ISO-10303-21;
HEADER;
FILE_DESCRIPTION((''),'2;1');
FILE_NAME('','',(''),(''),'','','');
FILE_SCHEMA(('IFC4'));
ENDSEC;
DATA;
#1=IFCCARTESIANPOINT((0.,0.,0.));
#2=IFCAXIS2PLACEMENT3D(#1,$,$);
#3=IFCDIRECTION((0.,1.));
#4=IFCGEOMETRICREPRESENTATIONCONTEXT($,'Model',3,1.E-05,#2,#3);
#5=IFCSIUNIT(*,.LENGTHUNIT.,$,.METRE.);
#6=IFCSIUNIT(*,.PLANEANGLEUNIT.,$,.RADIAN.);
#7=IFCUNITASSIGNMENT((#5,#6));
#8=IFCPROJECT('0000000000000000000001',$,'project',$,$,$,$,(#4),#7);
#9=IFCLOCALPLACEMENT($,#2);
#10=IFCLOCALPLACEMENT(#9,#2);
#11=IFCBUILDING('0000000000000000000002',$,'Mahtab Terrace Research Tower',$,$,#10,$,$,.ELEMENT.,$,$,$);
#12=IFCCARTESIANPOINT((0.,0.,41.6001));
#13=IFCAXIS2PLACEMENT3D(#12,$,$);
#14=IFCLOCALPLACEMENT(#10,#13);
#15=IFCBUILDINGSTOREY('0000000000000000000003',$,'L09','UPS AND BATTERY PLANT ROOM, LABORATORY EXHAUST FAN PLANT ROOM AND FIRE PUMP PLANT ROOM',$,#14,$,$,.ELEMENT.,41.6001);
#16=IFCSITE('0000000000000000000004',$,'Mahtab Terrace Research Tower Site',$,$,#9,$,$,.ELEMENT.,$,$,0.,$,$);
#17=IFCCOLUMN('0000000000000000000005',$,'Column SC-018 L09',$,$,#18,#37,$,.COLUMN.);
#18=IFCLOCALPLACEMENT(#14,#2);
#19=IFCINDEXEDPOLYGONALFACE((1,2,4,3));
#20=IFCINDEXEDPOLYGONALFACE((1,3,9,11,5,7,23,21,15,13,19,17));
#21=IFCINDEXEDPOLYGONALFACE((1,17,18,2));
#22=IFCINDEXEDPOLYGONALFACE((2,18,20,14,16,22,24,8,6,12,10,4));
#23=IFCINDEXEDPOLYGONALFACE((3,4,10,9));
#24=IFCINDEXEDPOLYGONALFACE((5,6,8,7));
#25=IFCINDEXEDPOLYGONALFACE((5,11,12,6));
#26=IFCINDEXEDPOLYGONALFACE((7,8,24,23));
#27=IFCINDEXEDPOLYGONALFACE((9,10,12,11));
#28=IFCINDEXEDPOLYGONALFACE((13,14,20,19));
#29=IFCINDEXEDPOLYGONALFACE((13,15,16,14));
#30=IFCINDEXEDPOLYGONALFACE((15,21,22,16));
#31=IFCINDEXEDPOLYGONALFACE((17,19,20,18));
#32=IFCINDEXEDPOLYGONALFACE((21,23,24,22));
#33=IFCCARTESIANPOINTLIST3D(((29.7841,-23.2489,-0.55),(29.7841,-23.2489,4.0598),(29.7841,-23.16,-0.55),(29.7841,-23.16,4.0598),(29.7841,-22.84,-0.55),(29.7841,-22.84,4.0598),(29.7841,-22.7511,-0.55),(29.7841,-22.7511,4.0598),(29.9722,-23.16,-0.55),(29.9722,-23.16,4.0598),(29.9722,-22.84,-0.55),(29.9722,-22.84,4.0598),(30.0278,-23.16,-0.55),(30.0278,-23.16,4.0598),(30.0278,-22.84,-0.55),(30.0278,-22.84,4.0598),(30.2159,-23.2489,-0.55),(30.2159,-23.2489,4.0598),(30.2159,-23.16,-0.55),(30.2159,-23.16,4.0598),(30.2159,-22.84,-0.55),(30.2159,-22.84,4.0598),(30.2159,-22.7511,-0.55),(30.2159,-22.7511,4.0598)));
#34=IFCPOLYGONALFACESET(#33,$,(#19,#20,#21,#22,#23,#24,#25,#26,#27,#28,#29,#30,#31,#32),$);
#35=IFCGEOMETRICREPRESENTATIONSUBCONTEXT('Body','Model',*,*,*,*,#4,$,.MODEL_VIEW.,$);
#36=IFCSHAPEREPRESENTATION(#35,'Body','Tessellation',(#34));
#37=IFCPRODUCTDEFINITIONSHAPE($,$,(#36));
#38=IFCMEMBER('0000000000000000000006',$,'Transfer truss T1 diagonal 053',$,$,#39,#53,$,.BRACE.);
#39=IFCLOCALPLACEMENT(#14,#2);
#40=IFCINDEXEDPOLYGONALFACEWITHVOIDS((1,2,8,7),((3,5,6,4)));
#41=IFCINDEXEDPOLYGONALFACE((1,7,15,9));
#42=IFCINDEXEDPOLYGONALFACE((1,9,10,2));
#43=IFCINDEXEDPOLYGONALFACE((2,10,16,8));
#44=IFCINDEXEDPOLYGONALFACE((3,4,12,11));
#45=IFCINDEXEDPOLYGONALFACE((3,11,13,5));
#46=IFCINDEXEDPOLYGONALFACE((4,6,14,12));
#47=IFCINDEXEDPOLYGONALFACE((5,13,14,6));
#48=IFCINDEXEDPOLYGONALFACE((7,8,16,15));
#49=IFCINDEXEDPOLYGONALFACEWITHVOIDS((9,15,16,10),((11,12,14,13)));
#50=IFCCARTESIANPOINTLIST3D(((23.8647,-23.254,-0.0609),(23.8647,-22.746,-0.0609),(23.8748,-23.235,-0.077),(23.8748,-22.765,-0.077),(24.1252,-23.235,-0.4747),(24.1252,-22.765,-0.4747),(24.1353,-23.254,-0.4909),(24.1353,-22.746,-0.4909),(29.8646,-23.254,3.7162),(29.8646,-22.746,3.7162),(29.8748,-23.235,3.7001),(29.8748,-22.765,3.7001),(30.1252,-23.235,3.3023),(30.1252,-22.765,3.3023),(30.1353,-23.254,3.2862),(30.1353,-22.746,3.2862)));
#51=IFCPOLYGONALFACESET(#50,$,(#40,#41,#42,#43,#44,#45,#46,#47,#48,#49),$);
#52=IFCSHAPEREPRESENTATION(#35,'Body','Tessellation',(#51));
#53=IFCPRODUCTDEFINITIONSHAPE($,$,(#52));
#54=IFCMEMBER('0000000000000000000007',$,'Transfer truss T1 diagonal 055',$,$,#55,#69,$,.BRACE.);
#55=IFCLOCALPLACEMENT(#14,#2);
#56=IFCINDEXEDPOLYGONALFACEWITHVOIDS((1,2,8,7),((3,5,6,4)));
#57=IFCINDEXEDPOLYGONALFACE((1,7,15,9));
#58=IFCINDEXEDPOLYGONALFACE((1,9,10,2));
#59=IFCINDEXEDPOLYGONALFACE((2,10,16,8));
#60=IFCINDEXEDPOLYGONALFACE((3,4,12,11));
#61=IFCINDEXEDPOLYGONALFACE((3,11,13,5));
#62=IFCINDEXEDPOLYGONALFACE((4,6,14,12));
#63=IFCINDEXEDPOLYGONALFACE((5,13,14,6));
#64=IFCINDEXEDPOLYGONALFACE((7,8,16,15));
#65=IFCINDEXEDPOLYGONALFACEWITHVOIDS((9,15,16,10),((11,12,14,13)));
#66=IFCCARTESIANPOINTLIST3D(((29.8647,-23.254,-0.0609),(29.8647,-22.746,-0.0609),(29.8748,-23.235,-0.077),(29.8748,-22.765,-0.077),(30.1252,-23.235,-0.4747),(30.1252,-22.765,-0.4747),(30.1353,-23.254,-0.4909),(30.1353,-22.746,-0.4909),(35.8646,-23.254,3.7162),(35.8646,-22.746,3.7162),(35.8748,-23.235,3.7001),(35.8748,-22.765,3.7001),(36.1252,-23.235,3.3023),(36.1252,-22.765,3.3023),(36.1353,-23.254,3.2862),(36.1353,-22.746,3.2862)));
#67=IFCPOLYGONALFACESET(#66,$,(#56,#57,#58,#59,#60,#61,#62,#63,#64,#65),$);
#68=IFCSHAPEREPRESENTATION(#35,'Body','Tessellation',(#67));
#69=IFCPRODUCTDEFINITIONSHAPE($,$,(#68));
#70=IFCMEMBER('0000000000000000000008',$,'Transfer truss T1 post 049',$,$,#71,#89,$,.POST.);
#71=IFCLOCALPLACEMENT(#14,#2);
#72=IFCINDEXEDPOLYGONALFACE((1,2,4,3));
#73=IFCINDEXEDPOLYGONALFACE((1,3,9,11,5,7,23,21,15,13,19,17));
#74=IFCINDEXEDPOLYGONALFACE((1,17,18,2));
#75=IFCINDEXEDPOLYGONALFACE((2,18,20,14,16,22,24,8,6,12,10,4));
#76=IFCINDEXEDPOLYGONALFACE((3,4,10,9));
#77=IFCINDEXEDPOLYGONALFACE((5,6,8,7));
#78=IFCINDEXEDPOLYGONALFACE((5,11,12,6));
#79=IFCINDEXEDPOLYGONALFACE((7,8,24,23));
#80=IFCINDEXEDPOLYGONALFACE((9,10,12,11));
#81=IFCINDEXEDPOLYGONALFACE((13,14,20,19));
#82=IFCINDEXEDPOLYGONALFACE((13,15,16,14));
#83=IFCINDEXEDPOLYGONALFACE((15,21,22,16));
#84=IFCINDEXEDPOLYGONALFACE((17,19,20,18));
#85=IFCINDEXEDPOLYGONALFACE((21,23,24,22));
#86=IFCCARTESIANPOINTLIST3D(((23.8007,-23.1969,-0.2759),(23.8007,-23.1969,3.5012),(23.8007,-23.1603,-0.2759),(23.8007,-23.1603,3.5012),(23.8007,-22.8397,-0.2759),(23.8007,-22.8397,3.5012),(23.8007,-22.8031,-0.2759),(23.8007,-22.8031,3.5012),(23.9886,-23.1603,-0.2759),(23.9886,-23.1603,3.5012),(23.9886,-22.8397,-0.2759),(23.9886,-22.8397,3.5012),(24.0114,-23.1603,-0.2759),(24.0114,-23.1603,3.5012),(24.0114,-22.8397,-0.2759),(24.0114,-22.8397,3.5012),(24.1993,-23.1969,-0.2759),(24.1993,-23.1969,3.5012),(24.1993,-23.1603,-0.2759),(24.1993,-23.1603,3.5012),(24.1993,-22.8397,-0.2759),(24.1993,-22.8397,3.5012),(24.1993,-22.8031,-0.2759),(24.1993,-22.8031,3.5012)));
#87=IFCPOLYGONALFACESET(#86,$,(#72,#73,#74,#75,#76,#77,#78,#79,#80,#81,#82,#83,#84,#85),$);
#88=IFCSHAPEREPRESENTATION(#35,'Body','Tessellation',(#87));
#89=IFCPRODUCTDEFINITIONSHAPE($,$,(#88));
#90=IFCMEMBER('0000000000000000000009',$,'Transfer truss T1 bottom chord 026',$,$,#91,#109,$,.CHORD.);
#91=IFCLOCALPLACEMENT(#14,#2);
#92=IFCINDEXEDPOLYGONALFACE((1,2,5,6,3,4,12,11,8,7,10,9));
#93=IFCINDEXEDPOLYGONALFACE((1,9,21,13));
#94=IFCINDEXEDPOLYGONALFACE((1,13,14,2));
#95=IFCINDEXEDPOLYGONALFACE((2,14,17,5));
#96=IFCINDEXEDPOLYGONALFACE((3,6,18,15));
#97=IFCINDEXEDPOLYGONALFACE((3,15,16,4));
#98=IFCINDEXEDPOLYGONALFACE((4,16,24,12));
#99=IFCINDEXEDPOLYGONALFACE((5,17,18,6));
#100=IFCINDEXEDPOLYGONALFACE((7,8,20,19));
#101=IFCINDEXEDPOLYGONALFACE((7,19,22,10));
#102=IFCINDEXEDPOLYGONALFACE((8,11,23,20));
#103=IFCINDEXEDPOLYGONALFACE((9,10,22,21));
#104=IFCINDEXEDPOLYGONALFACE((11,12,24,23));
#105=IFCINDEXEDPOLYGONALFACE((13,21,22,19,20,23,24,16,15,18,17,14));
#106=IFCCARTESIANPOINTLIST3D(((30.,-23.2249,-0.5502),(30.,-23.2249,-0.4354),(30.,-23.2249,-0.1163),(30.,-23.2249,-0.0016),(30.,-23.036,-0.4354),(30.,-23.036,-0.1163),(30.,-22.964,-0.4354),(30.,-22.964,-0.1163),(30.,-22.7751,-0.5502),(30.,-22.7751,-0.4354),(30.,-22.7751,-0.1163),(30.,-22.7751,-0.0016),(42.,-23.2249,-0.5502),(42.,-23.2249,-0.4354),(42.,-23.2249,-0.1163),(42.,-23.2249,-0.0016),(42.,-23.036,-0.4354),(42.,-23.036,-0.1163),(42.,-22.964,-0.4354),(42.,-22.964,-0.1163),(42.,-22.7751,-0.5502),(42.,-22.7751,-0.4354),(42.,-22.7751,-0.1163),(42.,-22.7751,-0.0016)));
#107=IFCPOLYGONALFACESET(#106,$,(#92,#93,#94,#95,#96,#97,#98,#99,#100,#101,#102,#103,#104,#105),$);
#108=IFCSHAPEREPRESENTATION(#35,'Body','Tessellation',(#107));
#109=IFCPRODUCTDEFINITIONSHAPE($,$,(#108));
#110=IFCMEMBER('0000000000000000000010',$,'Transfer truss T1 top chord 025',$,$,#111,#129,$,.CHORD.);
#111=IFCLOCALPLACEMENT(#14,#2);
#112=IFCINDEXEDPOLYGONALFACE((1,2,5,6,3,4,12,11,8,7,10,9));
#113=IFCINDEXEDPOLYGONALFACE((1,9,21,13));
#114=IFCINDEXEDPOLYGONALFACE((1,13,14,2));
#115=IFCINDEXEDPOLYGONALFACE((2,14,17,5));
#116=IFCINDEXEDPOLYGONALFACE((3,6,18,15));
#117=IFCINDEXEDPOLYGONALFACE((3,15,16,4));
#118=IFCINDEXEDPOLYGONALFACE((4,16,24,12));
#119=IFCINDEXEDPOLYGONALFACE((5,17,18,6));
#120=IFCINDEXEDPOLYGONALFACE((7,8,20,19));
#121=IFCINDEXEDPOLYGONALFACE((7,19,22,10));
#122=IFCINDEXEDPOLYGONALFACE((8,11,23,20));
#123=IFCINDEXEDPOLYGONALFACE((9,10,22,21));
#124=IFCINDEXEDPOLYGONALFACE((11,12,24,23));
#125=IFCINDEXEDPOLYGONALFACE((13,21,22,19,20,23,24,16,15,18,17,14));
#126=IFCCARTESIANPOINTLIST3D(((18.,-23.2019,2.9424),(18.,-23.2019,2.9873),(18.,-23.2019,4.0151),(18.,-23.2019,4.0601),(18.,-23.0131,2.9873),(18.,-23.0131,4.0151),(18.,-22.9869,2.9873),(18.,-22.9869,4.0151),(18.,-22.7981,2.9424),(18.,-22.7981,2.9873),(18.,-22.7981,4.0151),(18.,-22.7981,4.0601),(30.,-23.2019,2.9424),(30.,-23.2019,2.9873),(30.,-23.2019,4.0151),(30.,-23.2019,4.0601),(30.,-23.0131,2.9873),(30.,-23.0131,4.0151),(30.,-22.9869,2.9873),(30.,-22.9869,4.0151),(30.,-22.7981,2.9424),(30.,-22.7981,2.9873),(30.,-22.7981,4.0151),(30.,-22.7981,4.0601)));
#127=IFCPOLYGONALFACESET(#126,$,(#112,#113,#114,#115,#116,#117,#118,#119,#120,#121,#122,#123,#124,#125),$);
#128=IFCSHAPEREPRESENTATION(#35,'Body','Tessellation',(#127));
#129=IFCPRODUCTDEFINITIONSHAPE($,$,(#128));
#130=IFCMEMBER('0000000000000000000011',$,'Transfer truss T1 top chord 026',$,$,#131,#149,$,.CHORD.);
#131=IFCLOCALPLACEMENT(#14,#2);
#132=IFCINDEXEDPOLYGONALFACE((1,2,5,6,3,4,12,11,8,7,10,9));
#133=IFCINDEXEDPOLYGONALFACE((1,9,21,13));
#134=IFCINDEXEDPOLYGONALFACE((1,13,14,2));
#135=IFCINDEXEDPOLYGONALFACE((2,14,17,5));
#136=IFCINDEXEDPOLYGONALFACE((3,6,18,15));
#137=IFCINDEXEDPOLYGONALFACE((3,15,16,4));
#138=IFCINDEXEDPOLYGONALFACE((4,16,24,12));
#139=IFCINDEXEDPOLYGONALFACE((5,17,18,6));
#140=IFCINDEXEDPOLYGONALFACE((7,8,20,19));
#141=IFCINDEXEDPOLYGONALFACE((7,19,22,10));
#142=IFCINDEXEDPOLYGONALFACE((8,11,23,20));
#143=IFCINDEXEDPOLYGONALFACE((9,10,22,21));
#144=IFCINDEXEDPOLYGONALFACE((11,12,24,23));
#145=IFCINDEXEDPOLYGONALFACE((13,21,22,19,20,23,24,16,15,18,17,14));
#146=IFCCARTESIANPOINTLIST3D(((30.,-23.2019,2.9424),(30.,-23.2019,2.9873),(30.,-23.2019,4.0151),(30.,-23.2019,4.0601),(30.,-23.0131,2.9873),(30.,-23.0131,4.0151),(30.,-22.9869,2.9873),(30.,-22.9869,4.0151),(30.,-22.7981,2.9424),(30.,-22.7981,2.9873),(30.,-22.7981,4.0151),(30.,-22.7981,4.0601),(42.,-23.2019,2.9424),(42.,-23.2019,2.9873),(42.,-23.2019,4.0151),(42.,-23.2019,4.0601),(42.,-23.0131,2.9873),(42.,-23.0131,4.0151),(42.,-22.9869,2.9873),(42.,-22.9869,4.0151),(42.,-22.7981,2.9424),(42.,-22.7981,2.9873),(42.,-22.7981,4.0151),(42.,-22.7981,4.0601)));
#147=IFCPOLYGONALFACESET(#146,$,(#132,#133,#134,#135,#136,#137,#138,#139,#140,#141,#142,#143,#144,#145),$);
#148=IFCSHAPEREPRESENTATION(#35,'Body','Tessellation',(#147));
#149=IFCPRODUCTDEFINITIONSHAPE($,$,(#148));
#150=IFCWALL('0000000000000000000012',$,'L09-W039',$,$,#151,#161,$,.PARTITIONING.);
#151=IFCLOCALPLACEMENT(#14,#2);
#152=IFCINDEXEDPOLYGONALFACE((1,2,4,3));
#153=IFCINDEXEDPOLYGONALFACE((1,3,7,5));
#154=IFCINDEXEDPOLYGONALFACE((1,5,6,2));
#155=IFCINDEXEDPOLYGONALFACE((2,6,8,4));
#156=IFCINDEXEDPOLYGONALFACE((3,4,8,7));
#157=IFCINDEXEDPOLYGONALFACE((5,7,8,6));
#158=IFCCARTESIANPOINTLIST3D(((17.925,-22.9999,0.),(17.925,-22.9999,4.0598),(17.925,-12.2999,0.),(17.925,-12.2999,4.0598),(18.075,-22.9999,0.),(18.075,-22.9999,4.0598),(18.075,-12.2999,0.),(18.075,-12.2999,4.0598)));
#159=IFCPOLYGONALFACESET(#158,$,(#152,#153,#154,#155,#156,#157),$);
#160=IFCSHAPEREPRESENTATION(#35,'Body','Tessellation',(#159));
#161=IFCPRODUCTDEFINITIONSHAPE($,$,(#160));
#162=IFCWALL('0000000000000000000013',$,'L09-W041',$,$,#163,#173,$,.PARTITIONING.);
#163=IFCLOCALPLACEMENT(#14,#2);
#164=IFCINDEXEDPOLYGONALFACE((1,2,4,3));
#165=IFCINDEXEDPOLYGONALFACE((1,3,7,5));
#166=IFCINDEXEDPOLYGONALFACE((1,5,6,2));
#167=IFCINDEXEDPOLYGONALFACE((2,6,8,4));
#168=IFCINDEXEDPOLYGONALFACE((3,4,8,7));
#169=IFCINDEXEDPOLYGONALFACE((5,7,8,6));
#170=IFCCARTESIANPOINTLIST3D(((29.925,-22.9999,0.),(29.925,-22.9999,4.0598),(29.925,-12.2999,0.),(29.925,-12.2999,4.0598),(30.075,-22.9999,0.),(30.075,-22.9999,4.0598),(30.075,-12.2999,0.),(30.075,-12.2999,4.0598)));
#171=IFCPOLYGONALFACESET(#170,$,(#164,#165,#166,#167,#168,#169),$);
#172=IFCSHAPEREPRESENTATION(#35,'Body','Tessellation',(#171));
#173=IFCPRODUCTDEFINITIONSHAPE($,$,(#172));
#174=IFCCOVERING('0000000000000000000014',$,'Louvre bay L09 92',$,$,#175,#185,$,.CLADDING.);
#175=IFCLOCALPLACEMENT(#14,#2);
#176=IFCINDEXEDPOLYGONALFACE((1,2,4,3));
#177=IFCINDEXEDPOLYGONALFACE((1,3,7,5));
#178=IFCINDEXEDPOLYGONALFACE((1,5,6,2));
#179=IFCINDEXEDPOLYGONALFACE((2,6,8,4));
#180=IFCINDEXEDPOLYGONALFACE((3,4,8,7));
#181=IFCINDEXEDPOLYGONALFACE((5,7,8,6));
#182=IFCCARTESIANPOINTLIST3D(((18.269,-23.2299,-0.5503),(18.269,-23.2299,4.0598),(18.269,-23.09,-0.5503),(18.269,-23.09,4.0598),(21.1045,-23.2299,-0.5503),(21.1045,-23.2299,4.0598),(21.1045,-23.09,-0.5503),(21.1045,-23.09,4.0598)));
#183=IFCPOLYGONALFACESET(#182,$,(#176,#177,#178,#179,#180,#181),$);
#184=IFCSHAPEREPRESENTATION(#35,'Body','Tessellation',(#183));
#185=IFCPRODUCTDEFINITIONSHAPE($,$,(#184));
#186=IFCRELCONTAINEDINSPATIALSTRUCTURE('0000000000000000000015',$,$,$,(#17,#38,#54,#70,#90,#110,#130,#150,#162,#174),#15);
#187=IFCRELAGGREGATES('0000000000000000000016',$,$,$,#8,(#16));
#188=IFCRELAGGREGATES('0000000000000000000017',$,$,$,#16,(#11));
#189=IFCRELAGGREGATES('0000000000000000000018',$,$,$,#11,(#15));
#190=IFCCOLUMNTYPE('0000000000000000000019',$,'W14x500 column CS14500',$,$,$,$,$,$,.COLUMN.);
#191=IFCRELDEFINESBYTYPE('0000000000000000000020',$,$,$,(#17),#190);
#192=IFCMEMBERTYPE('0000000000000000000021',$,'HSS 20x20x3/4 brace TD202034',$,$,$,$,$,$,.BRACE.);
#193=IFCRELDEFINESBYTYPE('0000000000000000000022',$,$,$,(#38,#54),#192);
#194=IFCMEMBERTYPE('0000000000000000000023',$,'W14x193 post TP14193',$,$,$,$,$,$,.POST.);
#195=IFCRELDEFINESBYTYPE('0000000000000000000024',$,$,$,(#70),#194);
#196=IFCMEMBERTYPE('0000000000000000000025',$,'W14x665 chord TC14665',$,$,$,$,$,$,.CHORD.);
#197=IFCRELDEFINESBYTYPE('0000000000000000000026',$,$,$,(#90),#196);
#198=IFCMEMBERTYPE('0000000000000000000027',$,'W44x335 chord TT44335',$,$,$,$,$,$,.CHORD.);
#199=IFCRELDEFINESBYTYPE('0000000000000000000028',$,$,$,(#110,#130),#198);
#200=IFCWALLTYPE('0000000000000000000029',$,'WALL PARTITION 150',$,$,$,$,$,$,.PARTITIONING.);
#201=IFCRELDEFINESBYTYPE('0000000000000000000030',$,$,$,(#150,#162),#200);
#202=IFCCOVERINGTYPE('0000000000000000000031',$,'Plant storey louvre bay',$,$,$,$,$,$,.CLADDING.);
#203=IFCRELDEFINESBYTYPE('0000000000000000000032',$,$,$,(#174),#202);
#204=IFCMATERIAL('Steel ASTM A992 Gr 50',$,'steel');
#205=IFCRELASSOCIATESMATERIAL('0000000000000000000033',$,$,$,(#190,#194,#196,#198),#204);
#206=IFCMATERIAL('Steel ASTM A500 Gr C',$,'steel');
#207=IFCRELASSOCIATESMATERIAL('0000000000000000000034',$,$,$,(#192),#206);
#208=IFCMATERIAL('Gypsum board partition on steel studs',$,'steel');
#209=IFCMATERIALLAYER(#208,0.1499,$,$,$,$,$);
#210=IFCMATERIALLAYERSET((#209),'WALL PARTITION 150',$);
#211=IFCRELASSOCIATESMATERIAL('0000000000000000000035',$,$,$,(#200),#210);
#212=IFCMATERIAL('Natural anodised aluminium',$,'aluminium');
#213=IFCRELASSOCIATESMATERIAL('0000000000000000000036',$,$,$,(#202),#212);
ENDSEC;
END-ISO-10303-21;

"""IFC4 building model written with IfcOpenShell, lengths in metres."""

from ifc_helpers import new_model, si_unit, direction, frame, frame_2d, origin, origin_2d, place, context, subcontext, project, spatial, rectangle, hollow_rectangle, i_section, extrude, material, layer, layer_set, material_profile, profile_set, type_object, element, save


model = new_model("IFC4")

# Units and contexts
model_context = context("Model", 3, precision=1e-05, world=origin(), true_north=direction((0.0, 1.0)))
body_context = subcontext(model_context, "Body", "Model", "MODEL_VIEW")
ifc_project = project(units=[si_unit("LENGTHUNIT", "METRE"), si_unit("PLANEANGLEUNIT", "RADIAN")], contexts=[model_context])

# Site, building, storey
site_placement = place(None, origin())
site = spatial("IfcSite", under=ifc_project, at=site_placement, Name="Mahtab Terrace Research Tower Site", CompositionType="ELEMENT", RefElevation=0.0)
building_placement = place(site_placement, origin())
building = spatial("IfcBuilding", under=site, at=building_placement, Name="Mahtab Terrace Research Tower", CompositionType="ELEMENT")
storey_placement = place(building_placement, frame((0.0, 0.0, 41.6001)))
storey = spatial("IfcBuildingStorey", under=building, at=storey_placement, Name="L09", Description="UPS AND BATTERY PLANT ROOM, LABORATORY EXHAUST FAN PLANT ROOM AND FIRE PUMP PLANT ROOM", CompositionType="ELEMENT", Elevation=41.6001)

# Column
ifc_material_1 = material(Name="Steel ASTM A992 Gr 50", Category="steel")
ifc_material_profile_1 = material_profile(ifc_material_1, i_section(OverallWidth=0.4319, OverallDepth=0.4978, WebThickness=0.0557, FlangeThickness=0.0889, at=origin_2d()), Name="W14X500")
ifc_profile_set_1 = profile_set([ifc_material_profile_1], Name="Steel ASTM A992 Gr 50")
column_type = type_object("IfcColumnType", Name="W14x500 column CS14500", PredefinedType="COLUMN", material=ifc_profile_set_1)
column_placement = place(storey_placement, frame((30.0, -23.0, -0.55), z_axis=(0.0, 0.0, 1.0), x_axis=(1.0, 0.0, 0.0)))
element("IfcColumn", 1, at=column_placement, inside=storey, type_object=column_type, Name="Column SC-018 L09", PredefinedType="COLUMN", context=body_context, shape_type="SweptSolid", body=[
    extrude(i_section(OverallWidth=0.4319, OverallDepth=0.4978, WebThickness=0.0557, FlangeThickness=0.0889, at=origin_2d()), origin(), (0.0, 0.0, 1.0), 4.6099),
])

# Members
ifc_material_2 = material(Name="Steel ASTM A500 Gr C", Category="steel")
ifc_material_profile_2 = material_profile(ifc_material_2, hollow_rectangle(XDim=0.5081, YDim=0.5081, WallThickness=0.019, at=origin_2d()), Name="HSS20X20X3/4")
ifc_profile_set_2 = profile_set([ifc_material_profile_2], Name="Steel ASTM A500 Gr C")
member_type_1 = type_object("IfcMemberType", Name="HSS 20x20x3/4 brace TD202034", PredefinedType="BRACE", material=ifc_profile_set_2)
for number, where, z_axis, x_axis, name in (
    (2, (24.0, -23.0, -0.2759), (0.846276, 0.0, 0.532745), (0.0, 1.0, 0.0), "Transfer truss T1 diagonal 053"),
    (3, (30.0, -23.0, -0.2759), (0.846276, 0.0, 0.532745), (0.0, 1.0, 0.0), "Transfer truss T1 diagonal 055"),
):
    element("IfcMember", number, at=place(storey_placement, frame(where, z_axis=z_axis, x_axis=x_axis)), inside=storey, type_object=member_type_1, Name=name, PredefinedType="BRACE", context=body_context, shape_type="SweptSolid", body=[
        extrude(hollow_rectangle(XDim=0.5081, YDim=0.5081, WallThickness=0.019, at=origin_2d()), origin(), (0.0, 0.0, 1.0), 7.0898),
    ])
ifc_material_profile_3 = material_profile(ifc_material_1, i_section(OverallWidth=0.3987, OverallDepth=0.3938, WebThickness=0.0227, FlangeThickness=0.0366, at=origin_2d()), Name="W14X193")
ifc_profile_set_3 = profile_set([ifc_material_profile_3], Name="Steel ASTM A992 Gr 50")
member_type_2 = type_object("IfcMemberType", Name="W14x193 post TP14193", PredefinedType="POST", material=ifc_profile_set_3)
member_1_placement = place(storey_placement, frame((24.0, -23.0, -0.2759), z_axis=(0.0, 0.0, 1.0), x_axis=(1.0, 0.0, 0.0)))
element("IfcMember", 4, at=member_1_placement, inside=storey, type_object=member_type_2, Name="Transfer truss T1 post 049", PredefinedType="POST", context=body_context, shape_type="SweptSolid", body=[
    extrude(i_section(OverallWidth=0.3987, OverallDepth=0.3938, WebThickness=0.0227, FlangeThickness=0.0366, at=origin_2d()), origin(), (0.0, 0.0, 1.0), 3.7771),
])
ifc_material_profile_4 = material_profile(ifc_material_1, i_section(OverallWidth=0.4497, OverallDepth=0.5486, WebThickness=0.072, FlangeThickness=0.1147, at=origin_2d()), Name="W14X665")
ifc_profile_set_4 = profile_set([ifc_material_profile_4], Name="Steel ASTM A992 Gr 50")
member_type_3 = type_object("IfcMemberType", Name="W14x665 chord TC14665", PredefinedType="CHORD", material=ifc_profile_set_4)
member_2_placement = place(storey_placement, frame((30.0, -23.0, -0.2759), z_axis=(1.0, 0.0, 0.0), x_axis=(0.0, 1.0, 0.0)))
element("IfcMember", 5, at=member_2_placement, inside=storey, type_object=member_type_3, Name="Transfer truss T1 bottom chord 026", PredefinedType="CHORD", context=body_context, shape_type="SweptSolid", body=[
    extrude(i_section(OverallWidth=0.4497, OverallDepth=0.5486, WebThickness=0.072, FlangeThickness=0.1147, at=origin_2d()), origin(), (0.0, 0.0, 1.0), 12.0),
])
ifc_material_profile_5 = material_profile(ifc_material_1, i_section(OverallWidth=0.4038, OverallDepth=1.1177, WebThickness=0.0261, FlangeThickness=0.0449, at=origin_2d()), Name="W44X335")
ifc_profile_set_5 = profile_set([ifc_material_profile_5], Name="Steel ASTM A992 Gr 50")
member_type_4 = type_object("IfcMemberType", Name="W44x335 chord TT44335", PredefinedType="CHORD", material=ifc_profile_set_5)
for number, where, z_axis, x_axis, name in (
    (6, (18.0, -23.0, 3.5012), (1.0, 0.0, 0.0), (0.0, 1.0, 0.0), "Transfer truss T1 top chord 025"),
    (7, (30.0, -23.0, 3.5012), (1.0, 0.0, 0.0), (0.0, 1.0, 0.0), "Transfer truss T1 top chord 026"),
):
    element("IfcMember", number, at=place(storey_placement, frame(where, z_axis=z_axis, x_axis=x_axis)), inside=storey, type_object=member_type_4, Name=name, PredefinedType="CHORD", context=body_context, shape_type="SweptSolid", body=[
        extrude(i_section(OverallWidth=0.4038, OverallDepth=1.1177, WebThickness=0.0261, FlangeThickness=0.0449, at=origin_2d()), origin(), (0.0, 0.0, 1.0), 12.0),
    ])

# Walls
ifc_material_3 = material(Name="Gypsum board partition on steel studs", Category="steel")
ifc_layer_1 = layer(ifc_material_3, 0.1499)
ifc_layer_set_1 = layer_set([ifc_layer_1], Name="WALL PARTITION 150")
wall_type = type_object("IfcWallType", Name="WALL PARTITION 150", PredefinedType="PARTITIONING", material=ifc_layer_set_1)
for number, where, z_axis, x_axis, name in (
    (8, (18.0, -23.0, 0.0), (0.0, 0.0, 1.0), (0.0, 1.0, 0.0), "L09-W039"),
    (9, (30.0, -23.0, 0.0), (0.0, 0.0, 1.0), (0.0, 1.0, 0.0), "L09-W041"),
):
    element("IfcWall", number, at=place(storey_placement, frame(where, z_axis=z_axis, x_axis=x_axis)), inside=storey, type_object=wall_type, Name=name, PredefinedType="PARTITIONING", context=body_context, shape_type="SweptSolid", body=[
        extrude(rectangle(XDim=10.7, YDim=0.1499, at=frame_2d((5.3501, 0.0))), origin(), (0.0, 0.0, 1.0), 4.0598),
    ])

# Covering
ifc_material_4 = material(Name="Natural anodised aluminium", Category="aluminium")
covering_type = type_object("IfcCoveringType", Name="Plant storey louvre bay", PredefinedType="CLADDING", material=ifc_material_4)
for number, where, z_axis, x_axis, name in (
    (10, (19.6868, -23.1599, -0.5503), (0.0, 0.0, 1.0), (1.0, 0.0, 0.0), "Louvre bay L09 92"),
):
    element("IfcCovering", number, at=place(storey_placement, frame(where, z_axis=z_axis, x_axis=x_axis)), inside=storey, type_object=covering_type, Name=name, PredefinedType="CLADDING", context=body_context, shape_type="SweptSolid", body=[
        extrude(rectangle(XDim=2.8354, YDim=0.1399, at=origin_2d()), origin(), (0.0, 0.0, 1.0), 4.6101),
    ])

save(model, "model.ifc")
